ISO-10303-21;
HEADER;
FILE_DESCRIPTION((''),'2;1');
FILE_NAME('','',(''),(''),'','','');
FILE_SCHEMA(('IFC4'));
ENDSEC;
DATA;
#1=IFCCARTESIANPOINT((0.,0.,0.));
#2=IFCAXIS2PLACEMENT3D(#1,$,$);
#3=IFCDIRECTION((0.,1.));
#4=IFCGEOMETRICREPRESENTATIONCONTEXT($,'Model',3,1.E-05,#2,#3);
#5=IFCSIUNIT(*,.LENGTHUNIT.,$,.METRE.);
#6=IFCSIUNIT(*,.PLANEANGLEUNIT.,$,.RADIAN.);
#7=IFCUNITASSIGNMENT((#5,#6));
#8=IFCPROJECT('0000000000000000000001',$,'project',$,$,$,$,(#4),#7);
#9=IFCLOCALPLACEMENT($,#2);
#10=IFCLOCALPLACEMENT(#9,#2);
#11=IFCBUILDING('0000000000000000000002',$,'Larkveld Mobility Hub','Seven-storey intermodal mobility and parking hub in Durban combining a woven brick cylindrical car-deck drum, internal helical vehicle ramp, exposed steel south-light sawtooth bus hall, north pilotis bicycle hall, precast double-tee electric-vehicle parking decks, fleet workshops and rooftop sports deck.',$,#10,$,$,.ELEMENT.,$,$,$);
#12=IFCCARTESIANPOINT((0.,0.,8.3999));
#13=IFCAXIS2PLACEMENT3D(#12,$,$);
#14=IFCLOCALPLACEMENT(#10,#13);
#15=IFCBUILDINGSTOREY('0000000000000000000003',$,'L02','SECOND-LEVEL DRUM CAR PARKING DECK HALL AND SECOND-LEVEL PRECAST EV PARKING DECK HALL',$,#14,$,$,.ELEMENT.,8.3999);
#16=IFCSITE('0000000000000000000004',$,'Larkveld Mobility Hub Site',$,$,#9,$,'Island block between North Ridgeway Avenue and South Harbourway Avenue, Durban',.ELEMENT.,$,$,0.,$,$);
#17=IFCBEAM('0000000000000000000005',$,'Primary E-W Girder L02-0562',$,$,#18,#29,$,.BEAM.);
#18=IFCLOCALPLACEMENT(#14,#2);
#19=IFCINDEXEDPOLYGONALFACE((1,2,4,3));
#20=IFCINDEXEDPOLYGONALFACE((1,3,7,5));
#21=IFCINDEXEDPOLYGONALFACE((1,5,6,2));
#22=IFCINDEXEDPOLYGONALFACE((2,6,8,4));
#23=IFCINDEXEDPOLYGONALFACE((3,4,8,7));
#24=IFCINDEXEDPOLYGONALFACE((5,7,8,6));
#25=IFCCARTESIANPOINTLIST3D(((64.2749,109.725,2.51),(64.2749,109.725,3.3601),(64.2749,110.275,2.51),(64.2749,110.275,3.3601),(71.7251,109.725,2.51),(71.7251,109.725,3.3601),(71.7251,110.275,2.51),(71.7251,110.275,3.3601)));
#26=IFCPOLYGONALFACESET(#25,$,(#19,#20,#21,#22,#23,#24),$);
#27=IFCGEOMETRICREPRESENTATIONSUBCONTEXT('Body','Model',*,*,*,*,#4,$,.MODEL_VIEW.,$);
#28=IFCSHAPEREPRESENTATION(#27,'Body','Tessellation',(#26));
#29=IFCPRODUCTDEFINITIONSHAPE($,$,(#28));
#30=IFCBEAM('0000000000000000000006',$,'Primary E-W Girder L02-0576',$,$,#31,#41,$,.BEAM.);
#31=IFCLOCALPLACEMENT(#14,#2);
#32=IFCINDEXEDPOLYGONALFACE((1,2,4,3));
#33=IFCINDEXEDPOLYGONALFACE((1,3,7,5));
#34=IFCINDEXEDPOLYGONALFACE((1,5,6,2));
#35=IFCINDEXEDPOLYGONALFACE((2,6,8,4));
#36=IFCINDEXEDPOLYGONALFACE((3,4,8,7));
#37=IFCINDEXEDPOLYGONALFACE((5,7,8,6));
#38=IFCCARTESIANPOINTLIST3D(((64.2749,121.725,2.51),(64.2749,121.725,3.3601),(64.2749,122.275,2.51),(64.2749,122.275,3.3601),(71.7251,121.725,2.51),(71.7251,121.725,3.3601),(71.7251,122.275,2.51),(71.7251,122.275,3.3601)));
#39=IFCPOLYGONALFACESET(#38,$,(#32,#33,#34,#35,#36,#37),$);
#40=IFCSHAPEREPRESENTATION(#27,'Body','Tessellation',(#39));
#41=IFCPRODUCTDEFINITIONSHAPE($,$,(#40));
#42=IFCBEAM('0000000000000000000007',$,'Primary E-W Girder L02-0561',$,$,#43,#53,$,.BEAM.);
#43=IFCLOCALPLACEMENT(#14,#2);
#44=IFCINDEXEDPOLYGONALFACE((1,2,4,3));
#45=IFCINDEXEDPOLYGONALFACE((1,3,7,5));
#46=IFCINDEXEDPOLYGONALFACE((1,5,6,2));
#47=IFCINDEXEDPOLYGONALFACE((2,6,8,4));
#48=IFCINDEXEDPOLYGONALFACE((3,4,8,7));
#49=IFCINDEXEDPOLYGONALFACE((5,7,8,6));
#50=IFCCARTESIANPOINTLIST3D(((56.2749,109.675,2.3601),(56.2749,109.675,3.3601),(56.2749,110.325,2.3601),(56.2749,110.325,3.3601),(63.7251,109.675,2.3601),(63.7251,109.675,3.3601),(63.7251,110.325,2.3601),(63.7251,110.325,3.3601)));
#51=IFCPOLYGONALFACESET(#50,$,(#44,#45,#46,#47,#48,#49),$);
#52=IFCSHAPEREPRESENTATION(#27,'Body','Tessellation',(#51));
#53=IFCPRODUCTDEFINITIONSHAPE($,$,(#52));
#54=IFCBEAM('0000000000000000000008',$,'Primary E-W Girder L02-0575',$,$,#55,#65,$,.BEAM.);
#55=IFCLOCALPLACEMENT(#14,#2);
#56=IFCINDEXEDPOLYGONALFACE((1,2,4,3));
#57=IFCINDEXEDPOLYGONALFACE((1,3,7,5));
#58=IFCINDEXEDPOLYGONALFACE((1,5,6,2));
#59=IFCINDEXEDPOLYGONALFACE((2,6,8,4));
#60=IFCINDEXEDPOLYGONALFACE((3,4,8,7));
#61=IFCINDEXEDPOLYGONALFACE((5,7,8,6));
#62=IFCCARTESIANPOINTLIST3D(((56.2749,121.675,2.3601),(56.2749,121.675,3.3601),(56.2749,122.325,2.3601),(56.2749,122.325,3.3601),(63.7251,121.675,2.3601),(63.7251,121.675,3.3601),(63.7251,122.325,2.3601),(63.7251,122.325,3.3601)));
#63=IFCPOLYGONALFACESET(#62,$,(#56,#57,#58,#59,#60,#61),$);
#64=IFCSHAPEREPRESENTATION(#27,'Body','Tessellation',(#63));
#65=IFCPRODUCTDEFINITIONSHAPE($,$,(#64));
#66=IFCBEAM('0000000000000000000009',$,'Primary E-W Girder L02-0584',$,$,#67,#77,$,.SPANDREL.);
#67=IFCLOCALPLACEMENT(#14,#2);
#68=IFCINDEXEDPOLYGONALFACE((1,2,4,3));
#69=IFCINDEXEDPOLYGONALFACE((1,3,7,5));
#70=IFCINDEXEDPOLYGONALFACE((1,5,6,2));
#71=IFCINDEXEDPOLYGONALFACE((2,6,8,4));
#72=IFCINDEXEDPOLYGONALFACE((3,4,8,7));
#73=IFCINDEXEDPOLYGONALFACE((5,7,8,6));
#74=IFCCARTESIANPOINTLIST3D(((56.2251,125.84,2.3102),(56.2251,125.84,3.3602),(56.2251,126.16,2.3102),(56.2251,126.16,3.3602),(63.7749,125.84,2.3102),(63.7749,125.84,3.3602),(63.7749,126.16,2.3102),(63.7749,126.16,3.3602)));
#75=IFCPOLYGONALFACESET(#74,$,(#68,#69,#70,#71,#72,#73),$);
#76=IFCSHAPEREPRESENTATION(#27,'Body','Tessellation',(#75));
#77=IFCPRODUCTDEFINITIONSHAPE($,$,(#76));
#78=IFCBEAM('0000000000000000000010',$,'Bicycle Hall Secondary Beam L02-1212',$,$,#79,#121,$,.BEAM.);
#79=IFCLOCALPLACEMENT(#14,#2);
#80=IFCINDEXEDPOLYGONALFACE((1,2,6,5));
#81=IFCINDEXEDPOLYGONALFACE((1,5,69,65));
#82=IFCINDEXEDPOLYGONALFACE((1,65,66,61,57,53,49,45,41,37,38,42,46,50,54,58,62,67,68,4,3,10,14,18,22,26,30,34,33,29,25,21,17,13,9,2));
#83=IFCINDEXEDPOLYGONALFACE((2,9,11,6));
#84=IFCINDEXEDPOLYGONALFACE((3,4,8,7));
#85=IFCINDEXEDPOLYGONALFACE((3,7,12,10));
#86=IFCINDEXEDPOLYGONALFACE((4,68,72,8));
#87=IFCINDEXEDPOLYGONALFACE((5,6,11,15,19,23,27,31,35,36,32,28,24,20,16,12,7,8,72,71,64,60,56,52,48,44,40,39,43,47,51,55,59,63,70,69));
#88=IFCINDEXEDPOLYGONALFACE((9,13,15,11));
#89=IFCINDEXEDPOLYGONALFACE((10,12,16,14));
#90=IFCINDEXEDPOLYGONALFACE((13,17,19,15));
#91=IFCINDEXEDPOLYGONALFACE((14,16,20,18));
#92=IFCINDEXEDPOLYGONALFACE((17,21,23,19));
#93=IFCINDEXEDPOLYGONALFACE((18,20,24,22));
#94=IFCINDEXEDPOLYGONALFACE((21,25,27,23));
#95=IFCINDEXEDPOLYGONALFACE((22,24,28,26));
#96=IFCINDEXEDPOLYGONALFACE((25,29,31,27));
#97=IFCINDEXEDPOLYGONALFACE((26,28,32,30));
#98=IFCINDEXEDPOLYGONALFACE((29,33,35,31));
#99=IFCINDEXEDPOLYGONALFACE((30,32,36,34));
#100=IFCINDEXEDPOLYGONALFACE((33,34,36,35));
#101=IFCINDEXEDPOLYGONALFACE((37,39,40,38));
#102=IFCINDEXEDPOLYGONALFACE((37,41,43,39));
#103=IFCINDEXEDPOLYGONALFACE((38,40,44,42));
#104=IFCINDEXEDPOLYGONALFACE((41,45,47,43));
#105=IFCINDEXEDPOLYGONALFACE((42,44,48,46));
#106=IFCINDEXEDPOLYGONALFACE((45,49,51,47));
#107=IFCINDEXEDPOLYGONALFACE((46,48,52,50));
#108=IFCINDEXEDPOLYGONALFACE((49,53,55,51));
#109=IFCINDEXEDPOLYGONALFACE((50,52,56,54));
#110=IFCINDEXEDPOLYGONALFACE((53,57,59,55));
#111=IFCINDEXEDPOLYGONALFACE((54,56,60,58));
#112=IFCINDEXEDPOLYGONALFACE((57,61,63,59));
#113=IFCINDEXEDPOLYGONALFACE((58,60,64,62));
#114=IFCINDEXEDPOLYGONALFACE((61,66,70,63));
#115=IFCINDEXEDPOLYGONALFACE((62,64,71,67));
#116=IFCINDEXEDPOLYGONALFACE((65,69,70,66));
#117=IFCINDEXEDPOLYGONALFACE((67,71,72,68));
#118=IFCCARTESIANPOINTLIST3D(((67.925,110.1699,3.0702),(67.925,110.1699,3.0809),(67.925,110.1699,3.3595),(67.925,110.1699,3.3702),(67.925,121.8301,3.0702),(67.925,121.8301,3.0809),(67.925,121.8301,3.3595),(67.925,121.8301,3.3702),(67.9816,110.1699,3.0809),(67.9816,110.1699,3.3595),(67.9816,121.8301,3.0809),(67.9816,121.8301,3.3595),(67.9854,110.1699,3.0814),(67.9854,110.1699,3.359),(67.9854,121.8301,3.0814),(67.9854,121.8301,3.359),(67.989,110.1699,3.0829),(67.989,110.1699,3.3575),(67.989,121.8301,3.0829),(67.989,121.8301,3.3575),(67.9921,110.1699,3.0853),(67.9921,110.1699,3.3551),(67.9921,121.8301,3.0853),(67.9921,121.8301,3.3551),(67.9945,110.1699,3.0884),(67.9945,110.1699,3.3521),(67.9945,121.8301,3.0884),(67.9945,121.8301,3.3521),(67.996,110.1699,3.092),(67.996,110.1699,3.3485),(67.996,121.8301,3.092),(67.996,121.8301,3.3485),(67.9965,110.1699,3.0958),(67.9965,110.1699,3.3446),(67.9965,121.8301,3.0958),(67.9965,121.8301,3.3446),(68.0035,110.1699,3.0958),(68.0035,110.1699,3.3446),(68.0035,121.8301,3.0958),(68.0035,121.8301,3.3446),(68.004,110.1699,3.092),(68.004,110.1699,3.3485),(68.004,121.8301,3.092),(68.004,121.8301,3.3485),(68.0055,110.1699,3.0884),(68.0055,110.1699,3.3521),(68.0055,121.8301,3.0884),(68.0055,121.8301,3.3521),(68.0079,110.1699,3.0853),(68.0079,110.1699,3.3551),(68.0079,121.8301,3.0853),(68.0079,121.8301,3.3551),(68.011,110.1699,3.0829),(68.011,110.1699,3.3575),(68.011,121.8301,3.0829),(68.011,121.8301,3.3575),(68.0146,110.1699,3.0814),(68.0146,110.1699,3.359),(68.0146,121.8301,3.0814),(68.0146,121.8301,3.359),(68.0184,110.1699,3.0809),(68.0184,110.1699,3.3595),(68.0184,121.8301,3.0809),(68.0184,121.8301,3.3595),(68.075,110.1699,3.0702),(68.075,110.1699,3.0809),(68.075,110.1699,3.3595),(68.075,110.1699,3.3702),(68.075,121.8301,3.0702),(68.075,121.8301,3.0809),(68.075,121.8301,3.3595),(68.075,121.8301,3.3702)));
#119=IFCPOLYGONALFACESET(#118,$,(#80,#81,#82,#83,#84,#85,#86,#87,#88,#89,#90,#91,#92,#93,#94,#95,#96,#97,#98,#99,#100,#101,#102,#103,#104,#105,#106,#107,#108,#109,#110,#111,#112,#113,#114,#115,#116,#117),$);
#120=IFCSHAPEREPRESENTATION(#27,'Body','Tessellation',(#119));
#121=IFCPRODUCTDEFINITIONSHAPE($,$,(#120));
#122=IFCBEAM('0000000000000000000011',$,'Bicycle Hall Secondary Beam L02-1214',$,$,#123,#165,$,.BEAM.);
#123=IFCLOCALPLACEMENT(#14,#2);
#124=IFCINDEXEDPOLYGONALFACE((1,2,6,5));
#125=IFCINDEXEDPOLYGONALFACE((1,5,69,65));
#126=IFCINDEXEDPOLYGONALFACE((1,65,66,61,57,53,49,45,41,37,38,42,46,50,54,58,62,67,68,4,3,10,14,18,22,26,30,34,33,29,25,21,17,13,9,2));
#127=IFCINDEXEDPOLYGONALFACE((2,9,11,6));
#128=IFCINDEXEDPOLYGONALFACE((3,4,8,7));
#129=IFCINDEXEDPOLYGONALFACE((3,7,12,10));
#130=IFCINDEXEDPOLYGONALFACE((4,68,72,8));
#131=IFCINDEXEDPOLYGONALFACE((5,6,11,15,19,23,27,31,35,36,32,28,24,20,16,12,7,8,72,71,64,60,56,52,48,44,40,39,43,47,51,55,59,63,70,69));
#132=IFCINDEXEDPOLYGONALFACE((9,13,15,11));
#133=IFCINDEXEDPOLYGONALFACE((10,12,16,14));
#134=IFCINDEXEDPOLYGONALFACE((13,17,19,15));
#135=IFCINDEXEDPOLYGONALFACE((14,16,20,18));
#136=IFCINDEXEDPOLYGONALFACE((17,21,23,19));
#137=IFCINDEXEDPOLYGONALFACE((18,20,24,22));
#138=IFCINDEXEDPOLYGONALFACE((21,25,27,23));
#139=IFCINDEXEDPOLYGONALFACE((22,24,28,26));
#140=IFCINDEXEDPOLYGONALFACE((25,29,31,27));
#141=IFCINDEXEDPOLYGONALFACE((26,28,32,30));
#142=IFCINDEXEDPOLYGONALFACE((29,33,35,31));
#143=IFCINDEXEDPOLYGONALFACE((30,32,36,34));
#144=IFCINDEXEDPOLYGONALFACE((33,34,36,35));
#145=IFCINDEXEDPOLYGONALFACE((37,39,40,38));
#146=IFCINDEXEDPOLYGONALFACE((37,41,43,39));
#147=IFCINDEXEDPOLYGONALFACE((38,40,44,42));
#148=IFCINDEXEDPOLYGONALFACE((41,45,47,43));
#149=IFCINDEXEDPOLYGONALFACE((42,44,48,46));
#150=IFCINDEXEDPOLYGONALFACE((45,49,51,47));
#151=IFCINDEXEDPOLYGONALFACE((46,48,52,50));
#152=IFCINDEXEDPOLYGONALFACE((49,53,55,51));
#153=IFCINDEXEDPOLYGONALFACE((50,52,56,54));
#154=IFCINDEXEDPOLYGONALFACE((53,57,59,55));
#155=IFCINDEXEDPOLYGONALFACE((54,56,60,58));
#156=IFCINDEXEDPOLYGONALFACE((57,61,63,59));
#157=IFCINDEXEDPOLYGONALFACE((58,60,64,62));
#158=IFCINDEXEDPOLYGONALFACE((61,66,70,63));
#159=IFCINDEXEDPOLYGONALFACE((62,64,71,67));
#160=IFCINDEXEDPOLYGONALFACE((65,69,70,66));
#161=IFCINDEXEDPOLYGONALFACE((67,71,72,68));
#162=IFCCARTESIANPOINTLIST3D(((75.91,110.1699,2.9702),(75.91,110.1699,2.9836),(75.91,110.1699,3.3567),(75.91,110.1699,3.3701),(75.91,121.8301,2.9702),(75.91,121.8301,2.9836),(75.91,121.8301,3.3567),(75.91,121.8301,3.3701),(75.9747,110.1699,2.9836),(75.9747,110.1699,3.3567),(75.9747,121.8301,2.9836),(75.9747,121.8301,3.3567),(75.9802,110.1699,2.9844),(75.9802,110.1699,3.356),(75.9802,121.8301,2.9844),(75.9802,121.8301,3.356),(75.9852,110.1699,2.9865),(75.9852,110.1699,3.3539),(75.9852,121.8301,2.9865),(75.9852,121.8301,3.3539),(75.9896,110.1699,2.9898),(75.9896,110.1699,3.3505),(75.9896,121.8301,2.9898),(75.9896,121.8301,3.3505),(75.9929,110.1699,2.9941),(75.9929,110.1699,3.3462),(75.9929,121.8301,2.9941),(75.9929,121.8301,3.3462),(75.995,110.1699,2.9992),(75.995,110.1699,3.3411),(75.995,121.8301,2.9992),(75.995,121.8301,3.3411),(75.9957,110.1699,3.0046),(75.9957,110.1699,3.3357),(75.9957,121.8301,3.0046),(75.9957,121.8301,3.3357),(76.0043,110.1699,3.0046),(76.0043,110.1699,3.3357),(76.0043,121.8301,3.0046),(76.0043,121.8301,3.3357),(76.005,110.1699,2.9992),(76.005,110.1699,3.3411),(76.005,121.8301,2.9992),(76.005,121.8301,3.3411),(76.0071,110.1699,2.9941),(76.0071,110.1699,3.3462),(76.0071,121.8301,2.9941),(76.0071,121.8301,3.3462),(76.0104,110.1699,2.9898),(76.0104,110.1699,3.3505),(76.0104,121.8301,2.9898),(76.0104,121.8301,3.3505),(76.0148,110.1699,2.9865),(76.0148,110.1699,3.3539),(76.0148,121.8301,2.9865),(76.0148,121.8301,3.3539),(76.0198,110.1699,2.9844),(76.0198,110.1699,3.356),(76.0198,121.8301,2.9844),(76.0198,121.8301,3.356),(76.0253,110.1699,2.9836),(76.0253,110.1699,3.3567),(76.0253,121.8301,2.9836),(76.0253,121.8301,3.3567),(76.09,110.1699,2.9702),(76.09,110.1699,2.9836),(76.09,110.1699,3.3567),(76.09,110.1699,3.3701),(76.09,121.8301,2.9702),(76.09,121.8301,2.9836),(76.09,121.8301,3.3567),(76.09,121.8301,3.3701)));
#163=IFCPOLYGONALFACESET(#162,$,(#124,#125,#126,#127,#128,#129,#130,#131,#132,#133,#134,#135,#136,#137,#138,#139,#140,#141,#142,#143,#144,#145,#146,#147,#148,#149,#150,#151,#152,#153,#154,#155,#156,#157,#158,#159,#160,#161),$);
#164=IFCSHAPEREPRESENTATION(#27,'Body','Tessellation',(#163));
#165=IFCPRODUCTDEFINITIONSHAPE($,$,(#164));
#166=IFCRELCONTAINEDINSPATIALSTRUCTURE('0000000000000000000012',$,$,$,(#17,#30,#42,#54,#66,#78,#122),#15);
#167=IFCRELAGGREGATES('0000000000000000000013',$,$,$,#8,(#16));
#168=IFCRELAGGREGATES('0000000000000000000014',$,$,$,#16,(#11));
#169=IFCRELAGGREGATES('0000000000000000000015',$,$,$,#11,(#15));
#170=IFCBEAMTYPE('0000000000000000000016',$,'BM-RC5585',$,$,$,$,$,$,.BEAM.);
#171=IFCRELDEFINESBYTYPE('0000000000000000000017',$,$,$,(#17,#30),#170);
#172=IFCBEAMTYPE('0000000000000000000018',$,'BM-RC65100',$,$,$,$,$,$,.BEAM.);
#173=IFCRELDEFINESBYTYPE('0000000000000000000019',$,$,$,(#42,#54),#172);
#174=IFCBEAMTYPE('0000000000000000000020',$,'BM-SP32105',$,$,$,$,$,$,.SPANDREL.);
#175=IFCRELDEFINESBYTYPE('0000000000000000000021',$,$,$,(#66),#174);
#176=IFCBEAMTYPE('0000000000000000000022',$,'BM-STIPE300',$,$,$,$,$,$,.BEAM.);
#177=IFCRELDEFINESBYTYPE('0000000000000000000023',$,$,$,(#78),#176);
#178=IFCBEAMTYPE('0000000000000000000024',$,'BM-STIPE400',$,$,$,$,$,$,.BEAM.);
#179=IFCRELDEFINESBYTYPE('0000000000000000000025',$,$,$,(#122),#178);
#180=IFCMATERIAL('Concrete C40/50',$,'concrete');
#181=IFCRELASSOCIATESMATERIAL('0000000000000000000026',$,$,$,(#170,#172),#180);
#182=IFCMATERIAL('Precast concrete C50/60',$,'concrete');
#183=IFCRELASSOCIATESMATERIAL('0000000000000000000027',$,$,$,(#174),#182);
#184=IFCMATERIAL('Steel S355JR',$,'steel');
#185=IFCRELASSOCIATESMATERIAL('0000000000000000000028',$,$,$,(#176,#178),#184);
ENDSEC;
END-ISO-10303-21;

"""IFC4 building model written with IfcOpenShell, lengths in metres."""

from ifc_helpers import new_model, si_unit, direction, frame, origin, origin_2d, place, context, subcontext, project, spatial, rectangle, i_section, extrude, material, material_profile, profile_set, type_object, element, save


model = new_model("IFC4")

# Units and contexts
model_context = context("Model", 3, precision=1e-05, world=origin(), true_north=direction((0.0, 1.0)))
body_context = subcontext(model_context, "Body", "Model", "MODEL_VIEW")
ifc_project = project(units=[si_unit("LENGTHUNIT", "METRE"), si_unit("PLANEANGLEUNIT", "RADIAN")], contexts=[model_context])

# Site, building, storey
site_placement = place(None, origin())
site = spatial("IfcSite", under=ifc_project, at=site_placement, Name="Larkveld Mobility Hub Site", LongName="Island block between North Ridgeway Avenue and South Harbourway Avenue, Durban", CompositionType="ELEMENT", RefElevation=0.0)
building_placement = place(site_placement, origin())
building = spatial("IfcBuilding", under=site, at=building_placement, Name="Larkveld Mobility Hub", Description="Seven-storey intermodal mobility and parking hub in Durban combining a woven brick cylindrical car-deck drum, internal helical vehicle ramp, exposed steel south-light sawtooth bus hall, north pilotis bicycle hall, precast double-tee electric-vehicle parking decks, fleet workshops and rooftop sports deck.", CompositionType="ELEMENT")
storey_placement = place(building_placement, frame((0.0, 0.0, 8.3999)))
storey = spatial("IfcBuildingStorey", under=building, at=storey_placement, Name="L02", Description="SECOND-LEVEL DRUM CAR PARKING DECK HALL AND SECOND-LEVEL PRECAST EV PARKING DECK HALL", CompositionType="ELEMENT", Elevation=8.3999)

# Shared definitions
ifc_material_1 = material(Name="Precast concrete C50/60", Category="concrete")
ifc_material_2 = material(Name="Concrete C40/50", Category="concrete")

# Beams
ifc_material_profile_1 = material_profile(ifc_material_2, rectangle(XDim=0.55, YDim=0.8501, at=origin_2d()), Name="RC BM 550x850")
ifc_profile_set_1 = profile_set([ifc_material_profile_1], Name="Concrete C40/50")
beam_type_1 = type_object("IfcBeamType", Name="BM-RC5585", PredefinedType="BEAM", material=ifc_profile_set_1)
for number, where, z_axis, x_axis, name in (
    (1, (64.2749, 110.0, 2.9351), (1.0, 0.0, 0.0), (0.0, 1.0, 0.0), "Primary E-W Girder L02-0562"),
    (2, (64.2749, 122.0, 2.9351), (1.0, 0.0, 0.0), (0.0, 1.0, 0.0), "Primary E-W Girder L02-0576"),
):
    element("IfcBeam", number, at=place(storey_placement, frame(where, z_axis=z_axis, x_axis=x_axis)), inside=storey, type_object=beam_type_1, Name=name, PredefinedType="BEAM", context=body_context, shape_type="SweptSolid", body=[
        extrude(rectangle(XDim=0.55, YDim=0.8501, at=origin_2d()), origin(), (0.0, 0.0, 1.0), 7.4502),
    ])
ifc_material_profile_2 = material_profile(ifc_material_2, rectangle(XDim=0.6499, YDim=1.0, at=origin_2d()), Name="RC BM 650x1000")
ifc_profile_set_2 = profile_set([ifc_material_profile_2], Name="Concrete C40/50")
beam_type_2 = type_object("IfcBeamType", Name="BM-RC65100", PredefinedType="BEAM", material=ifc_profile_set_2)
for number, where, z_axis, x_axis, name in (
    (3, (56.2749, 110.0, 2.8601), (1.0, 0.0, 0.0), (0.0, 1.0, 0.0), "Primary E-W Girder L02-0561"),
    (4, (56.2749, 122.0, 2.8601), (1.0, 0.0, 0.0), (0.0, 1.0, 0.0), "Primary E-W Girder L02-0575"),
):
    element("IfcBeam", number, at=place(storey_placement, frame(where, z_axis=z_axis, x_axis=x_axis)), inside=storey, type_object=beam_type_2, Name=name, PredefinedType="BEAM", context=body_context, shape_type="SweptSolid", body=[
        extrude(rectangle(XDim=0.6499, YDim=1.0, at=origin_2d()), origin(), (0.0, 0.0, 1.0), 7.4502),
    ])
ifc_material_profile_3 = material_profile(ifc_material_1, rectangle(XDim=0.3201, YDim=1.05, at=origin_2d()), Name="PC SP 320x1050")
ifc_profile_set_3 = profile_set([ifc_material_profile_3], Name="Precast concrete C50/60")
beam_type_3 = type_object("IfcBeamType", Name="BM-SP32105", PredefinedType="SPANDREL", material=ifc_profile_set_3)
beam_1_placement = place(storey_placement, frame((56.2251, 126.0, 2.8352), z_axis=(1.0, 0.0, 0.0), x_axis=(0.0, 1.0, 0.0)))
element("IfcBeam", 5, at=beam_1_placement, inside=storey, type_object=beam_type_3, Name="Primary E-W Girder L02-0584", PredefinedType="SPANDREL", context=body_context, shape_type="SweptSolid", body=[
    extrude(rectangle(XDim=0.3201, YDim=1.05, at=origin_2d()), origin(), (0.0, 0.0, 1.0), 7.5498),
])
ifc_material_3 = material(Name="Steel S355JR", Category="steel")
ifc_material_profile_4 = material_profile(ifc_material_3, i_section(OverallWidth=0.1499, OverallDepth=0.3, WebThickness=0.0071, FlangeThickness=0.0107, FilletRadius=0.0149, at=origin_2d()), Name="IPE 300")
ifc_profile_set_4 = profile_set([ifc_material_profile_4], Name="Steel S355JR")
beam_type_4 = type_object("IfcBeamType", Name="BM-STIPE300", PredefinedType="BEAM", material=ifc_profile_set_4)
beam_2_placement = place(storey_placement, frame((68.0, 110.1699, 3.2202), z_axis=(0.0, 1.0, 0.0), x_axis=(-1.0, 0.0, 0.0)))
element("IfcBeam", 6, at=beam_2_placement, inside=storey, type_object=beam_type_4, Name="Bicycle Hall Secondary Beam L02-1212", PredefinedType="BEAM", context=body_context, shape_type="SweptSolid", body=[
    extrude(i_section(OverallWidth=0.1499, OverallDepth=0.3, WebThickness=0.0071, FlangeThickness=0.0107, FilletRadius=0.0149, at=origin_2d()), origin(), (0.0, 0.0, 1.0), 11.6602),
])
ifc_material_profile_5 = material_profile(ifc_material_3, i_section(OverallWidth=0.1799, OverallDepth=0.3999, WebThickness=0.0085, FlangeThickness=0.0134, FilletRadius=0.021, at=origin_2d()), Name="IPE 400")
ifc_profile_set_5 = profile_set([ifc_material_profile_5], Name="Steel S355JR")
beam_type_5 = type_object("IfcBeamType", Name="BM-STIPE400", PredefinedType="BEAM", material=ifc_profile_set_5)
beam_3_placement = place(storey_placement, frame((76.0, 110.1699, 3.1702), z_axis=(0.0, 1.0, 0.0), x_axis=(-1.0, 0.0, 0.0)))
element("IfcBeam", 7, at=beam_3_placement, inside=storey, type_object=beam_type_5, Name="Bicycle Hall Secondary Beam L02-1214", PredefinedType="BEAM", context=body_context, shape_type="SweptSolid", body=[
    extrude(i_section(OverallWidth=0.1799, OverallDepth=0.3999, WebThickness=0.0085, FlangeThickness=0.0134, FilletRadius=0.021, at=origin_2d()), origin(), (0.0, 0.0, 1.0), 11.6602),
])

save(model, "model.ifc")
